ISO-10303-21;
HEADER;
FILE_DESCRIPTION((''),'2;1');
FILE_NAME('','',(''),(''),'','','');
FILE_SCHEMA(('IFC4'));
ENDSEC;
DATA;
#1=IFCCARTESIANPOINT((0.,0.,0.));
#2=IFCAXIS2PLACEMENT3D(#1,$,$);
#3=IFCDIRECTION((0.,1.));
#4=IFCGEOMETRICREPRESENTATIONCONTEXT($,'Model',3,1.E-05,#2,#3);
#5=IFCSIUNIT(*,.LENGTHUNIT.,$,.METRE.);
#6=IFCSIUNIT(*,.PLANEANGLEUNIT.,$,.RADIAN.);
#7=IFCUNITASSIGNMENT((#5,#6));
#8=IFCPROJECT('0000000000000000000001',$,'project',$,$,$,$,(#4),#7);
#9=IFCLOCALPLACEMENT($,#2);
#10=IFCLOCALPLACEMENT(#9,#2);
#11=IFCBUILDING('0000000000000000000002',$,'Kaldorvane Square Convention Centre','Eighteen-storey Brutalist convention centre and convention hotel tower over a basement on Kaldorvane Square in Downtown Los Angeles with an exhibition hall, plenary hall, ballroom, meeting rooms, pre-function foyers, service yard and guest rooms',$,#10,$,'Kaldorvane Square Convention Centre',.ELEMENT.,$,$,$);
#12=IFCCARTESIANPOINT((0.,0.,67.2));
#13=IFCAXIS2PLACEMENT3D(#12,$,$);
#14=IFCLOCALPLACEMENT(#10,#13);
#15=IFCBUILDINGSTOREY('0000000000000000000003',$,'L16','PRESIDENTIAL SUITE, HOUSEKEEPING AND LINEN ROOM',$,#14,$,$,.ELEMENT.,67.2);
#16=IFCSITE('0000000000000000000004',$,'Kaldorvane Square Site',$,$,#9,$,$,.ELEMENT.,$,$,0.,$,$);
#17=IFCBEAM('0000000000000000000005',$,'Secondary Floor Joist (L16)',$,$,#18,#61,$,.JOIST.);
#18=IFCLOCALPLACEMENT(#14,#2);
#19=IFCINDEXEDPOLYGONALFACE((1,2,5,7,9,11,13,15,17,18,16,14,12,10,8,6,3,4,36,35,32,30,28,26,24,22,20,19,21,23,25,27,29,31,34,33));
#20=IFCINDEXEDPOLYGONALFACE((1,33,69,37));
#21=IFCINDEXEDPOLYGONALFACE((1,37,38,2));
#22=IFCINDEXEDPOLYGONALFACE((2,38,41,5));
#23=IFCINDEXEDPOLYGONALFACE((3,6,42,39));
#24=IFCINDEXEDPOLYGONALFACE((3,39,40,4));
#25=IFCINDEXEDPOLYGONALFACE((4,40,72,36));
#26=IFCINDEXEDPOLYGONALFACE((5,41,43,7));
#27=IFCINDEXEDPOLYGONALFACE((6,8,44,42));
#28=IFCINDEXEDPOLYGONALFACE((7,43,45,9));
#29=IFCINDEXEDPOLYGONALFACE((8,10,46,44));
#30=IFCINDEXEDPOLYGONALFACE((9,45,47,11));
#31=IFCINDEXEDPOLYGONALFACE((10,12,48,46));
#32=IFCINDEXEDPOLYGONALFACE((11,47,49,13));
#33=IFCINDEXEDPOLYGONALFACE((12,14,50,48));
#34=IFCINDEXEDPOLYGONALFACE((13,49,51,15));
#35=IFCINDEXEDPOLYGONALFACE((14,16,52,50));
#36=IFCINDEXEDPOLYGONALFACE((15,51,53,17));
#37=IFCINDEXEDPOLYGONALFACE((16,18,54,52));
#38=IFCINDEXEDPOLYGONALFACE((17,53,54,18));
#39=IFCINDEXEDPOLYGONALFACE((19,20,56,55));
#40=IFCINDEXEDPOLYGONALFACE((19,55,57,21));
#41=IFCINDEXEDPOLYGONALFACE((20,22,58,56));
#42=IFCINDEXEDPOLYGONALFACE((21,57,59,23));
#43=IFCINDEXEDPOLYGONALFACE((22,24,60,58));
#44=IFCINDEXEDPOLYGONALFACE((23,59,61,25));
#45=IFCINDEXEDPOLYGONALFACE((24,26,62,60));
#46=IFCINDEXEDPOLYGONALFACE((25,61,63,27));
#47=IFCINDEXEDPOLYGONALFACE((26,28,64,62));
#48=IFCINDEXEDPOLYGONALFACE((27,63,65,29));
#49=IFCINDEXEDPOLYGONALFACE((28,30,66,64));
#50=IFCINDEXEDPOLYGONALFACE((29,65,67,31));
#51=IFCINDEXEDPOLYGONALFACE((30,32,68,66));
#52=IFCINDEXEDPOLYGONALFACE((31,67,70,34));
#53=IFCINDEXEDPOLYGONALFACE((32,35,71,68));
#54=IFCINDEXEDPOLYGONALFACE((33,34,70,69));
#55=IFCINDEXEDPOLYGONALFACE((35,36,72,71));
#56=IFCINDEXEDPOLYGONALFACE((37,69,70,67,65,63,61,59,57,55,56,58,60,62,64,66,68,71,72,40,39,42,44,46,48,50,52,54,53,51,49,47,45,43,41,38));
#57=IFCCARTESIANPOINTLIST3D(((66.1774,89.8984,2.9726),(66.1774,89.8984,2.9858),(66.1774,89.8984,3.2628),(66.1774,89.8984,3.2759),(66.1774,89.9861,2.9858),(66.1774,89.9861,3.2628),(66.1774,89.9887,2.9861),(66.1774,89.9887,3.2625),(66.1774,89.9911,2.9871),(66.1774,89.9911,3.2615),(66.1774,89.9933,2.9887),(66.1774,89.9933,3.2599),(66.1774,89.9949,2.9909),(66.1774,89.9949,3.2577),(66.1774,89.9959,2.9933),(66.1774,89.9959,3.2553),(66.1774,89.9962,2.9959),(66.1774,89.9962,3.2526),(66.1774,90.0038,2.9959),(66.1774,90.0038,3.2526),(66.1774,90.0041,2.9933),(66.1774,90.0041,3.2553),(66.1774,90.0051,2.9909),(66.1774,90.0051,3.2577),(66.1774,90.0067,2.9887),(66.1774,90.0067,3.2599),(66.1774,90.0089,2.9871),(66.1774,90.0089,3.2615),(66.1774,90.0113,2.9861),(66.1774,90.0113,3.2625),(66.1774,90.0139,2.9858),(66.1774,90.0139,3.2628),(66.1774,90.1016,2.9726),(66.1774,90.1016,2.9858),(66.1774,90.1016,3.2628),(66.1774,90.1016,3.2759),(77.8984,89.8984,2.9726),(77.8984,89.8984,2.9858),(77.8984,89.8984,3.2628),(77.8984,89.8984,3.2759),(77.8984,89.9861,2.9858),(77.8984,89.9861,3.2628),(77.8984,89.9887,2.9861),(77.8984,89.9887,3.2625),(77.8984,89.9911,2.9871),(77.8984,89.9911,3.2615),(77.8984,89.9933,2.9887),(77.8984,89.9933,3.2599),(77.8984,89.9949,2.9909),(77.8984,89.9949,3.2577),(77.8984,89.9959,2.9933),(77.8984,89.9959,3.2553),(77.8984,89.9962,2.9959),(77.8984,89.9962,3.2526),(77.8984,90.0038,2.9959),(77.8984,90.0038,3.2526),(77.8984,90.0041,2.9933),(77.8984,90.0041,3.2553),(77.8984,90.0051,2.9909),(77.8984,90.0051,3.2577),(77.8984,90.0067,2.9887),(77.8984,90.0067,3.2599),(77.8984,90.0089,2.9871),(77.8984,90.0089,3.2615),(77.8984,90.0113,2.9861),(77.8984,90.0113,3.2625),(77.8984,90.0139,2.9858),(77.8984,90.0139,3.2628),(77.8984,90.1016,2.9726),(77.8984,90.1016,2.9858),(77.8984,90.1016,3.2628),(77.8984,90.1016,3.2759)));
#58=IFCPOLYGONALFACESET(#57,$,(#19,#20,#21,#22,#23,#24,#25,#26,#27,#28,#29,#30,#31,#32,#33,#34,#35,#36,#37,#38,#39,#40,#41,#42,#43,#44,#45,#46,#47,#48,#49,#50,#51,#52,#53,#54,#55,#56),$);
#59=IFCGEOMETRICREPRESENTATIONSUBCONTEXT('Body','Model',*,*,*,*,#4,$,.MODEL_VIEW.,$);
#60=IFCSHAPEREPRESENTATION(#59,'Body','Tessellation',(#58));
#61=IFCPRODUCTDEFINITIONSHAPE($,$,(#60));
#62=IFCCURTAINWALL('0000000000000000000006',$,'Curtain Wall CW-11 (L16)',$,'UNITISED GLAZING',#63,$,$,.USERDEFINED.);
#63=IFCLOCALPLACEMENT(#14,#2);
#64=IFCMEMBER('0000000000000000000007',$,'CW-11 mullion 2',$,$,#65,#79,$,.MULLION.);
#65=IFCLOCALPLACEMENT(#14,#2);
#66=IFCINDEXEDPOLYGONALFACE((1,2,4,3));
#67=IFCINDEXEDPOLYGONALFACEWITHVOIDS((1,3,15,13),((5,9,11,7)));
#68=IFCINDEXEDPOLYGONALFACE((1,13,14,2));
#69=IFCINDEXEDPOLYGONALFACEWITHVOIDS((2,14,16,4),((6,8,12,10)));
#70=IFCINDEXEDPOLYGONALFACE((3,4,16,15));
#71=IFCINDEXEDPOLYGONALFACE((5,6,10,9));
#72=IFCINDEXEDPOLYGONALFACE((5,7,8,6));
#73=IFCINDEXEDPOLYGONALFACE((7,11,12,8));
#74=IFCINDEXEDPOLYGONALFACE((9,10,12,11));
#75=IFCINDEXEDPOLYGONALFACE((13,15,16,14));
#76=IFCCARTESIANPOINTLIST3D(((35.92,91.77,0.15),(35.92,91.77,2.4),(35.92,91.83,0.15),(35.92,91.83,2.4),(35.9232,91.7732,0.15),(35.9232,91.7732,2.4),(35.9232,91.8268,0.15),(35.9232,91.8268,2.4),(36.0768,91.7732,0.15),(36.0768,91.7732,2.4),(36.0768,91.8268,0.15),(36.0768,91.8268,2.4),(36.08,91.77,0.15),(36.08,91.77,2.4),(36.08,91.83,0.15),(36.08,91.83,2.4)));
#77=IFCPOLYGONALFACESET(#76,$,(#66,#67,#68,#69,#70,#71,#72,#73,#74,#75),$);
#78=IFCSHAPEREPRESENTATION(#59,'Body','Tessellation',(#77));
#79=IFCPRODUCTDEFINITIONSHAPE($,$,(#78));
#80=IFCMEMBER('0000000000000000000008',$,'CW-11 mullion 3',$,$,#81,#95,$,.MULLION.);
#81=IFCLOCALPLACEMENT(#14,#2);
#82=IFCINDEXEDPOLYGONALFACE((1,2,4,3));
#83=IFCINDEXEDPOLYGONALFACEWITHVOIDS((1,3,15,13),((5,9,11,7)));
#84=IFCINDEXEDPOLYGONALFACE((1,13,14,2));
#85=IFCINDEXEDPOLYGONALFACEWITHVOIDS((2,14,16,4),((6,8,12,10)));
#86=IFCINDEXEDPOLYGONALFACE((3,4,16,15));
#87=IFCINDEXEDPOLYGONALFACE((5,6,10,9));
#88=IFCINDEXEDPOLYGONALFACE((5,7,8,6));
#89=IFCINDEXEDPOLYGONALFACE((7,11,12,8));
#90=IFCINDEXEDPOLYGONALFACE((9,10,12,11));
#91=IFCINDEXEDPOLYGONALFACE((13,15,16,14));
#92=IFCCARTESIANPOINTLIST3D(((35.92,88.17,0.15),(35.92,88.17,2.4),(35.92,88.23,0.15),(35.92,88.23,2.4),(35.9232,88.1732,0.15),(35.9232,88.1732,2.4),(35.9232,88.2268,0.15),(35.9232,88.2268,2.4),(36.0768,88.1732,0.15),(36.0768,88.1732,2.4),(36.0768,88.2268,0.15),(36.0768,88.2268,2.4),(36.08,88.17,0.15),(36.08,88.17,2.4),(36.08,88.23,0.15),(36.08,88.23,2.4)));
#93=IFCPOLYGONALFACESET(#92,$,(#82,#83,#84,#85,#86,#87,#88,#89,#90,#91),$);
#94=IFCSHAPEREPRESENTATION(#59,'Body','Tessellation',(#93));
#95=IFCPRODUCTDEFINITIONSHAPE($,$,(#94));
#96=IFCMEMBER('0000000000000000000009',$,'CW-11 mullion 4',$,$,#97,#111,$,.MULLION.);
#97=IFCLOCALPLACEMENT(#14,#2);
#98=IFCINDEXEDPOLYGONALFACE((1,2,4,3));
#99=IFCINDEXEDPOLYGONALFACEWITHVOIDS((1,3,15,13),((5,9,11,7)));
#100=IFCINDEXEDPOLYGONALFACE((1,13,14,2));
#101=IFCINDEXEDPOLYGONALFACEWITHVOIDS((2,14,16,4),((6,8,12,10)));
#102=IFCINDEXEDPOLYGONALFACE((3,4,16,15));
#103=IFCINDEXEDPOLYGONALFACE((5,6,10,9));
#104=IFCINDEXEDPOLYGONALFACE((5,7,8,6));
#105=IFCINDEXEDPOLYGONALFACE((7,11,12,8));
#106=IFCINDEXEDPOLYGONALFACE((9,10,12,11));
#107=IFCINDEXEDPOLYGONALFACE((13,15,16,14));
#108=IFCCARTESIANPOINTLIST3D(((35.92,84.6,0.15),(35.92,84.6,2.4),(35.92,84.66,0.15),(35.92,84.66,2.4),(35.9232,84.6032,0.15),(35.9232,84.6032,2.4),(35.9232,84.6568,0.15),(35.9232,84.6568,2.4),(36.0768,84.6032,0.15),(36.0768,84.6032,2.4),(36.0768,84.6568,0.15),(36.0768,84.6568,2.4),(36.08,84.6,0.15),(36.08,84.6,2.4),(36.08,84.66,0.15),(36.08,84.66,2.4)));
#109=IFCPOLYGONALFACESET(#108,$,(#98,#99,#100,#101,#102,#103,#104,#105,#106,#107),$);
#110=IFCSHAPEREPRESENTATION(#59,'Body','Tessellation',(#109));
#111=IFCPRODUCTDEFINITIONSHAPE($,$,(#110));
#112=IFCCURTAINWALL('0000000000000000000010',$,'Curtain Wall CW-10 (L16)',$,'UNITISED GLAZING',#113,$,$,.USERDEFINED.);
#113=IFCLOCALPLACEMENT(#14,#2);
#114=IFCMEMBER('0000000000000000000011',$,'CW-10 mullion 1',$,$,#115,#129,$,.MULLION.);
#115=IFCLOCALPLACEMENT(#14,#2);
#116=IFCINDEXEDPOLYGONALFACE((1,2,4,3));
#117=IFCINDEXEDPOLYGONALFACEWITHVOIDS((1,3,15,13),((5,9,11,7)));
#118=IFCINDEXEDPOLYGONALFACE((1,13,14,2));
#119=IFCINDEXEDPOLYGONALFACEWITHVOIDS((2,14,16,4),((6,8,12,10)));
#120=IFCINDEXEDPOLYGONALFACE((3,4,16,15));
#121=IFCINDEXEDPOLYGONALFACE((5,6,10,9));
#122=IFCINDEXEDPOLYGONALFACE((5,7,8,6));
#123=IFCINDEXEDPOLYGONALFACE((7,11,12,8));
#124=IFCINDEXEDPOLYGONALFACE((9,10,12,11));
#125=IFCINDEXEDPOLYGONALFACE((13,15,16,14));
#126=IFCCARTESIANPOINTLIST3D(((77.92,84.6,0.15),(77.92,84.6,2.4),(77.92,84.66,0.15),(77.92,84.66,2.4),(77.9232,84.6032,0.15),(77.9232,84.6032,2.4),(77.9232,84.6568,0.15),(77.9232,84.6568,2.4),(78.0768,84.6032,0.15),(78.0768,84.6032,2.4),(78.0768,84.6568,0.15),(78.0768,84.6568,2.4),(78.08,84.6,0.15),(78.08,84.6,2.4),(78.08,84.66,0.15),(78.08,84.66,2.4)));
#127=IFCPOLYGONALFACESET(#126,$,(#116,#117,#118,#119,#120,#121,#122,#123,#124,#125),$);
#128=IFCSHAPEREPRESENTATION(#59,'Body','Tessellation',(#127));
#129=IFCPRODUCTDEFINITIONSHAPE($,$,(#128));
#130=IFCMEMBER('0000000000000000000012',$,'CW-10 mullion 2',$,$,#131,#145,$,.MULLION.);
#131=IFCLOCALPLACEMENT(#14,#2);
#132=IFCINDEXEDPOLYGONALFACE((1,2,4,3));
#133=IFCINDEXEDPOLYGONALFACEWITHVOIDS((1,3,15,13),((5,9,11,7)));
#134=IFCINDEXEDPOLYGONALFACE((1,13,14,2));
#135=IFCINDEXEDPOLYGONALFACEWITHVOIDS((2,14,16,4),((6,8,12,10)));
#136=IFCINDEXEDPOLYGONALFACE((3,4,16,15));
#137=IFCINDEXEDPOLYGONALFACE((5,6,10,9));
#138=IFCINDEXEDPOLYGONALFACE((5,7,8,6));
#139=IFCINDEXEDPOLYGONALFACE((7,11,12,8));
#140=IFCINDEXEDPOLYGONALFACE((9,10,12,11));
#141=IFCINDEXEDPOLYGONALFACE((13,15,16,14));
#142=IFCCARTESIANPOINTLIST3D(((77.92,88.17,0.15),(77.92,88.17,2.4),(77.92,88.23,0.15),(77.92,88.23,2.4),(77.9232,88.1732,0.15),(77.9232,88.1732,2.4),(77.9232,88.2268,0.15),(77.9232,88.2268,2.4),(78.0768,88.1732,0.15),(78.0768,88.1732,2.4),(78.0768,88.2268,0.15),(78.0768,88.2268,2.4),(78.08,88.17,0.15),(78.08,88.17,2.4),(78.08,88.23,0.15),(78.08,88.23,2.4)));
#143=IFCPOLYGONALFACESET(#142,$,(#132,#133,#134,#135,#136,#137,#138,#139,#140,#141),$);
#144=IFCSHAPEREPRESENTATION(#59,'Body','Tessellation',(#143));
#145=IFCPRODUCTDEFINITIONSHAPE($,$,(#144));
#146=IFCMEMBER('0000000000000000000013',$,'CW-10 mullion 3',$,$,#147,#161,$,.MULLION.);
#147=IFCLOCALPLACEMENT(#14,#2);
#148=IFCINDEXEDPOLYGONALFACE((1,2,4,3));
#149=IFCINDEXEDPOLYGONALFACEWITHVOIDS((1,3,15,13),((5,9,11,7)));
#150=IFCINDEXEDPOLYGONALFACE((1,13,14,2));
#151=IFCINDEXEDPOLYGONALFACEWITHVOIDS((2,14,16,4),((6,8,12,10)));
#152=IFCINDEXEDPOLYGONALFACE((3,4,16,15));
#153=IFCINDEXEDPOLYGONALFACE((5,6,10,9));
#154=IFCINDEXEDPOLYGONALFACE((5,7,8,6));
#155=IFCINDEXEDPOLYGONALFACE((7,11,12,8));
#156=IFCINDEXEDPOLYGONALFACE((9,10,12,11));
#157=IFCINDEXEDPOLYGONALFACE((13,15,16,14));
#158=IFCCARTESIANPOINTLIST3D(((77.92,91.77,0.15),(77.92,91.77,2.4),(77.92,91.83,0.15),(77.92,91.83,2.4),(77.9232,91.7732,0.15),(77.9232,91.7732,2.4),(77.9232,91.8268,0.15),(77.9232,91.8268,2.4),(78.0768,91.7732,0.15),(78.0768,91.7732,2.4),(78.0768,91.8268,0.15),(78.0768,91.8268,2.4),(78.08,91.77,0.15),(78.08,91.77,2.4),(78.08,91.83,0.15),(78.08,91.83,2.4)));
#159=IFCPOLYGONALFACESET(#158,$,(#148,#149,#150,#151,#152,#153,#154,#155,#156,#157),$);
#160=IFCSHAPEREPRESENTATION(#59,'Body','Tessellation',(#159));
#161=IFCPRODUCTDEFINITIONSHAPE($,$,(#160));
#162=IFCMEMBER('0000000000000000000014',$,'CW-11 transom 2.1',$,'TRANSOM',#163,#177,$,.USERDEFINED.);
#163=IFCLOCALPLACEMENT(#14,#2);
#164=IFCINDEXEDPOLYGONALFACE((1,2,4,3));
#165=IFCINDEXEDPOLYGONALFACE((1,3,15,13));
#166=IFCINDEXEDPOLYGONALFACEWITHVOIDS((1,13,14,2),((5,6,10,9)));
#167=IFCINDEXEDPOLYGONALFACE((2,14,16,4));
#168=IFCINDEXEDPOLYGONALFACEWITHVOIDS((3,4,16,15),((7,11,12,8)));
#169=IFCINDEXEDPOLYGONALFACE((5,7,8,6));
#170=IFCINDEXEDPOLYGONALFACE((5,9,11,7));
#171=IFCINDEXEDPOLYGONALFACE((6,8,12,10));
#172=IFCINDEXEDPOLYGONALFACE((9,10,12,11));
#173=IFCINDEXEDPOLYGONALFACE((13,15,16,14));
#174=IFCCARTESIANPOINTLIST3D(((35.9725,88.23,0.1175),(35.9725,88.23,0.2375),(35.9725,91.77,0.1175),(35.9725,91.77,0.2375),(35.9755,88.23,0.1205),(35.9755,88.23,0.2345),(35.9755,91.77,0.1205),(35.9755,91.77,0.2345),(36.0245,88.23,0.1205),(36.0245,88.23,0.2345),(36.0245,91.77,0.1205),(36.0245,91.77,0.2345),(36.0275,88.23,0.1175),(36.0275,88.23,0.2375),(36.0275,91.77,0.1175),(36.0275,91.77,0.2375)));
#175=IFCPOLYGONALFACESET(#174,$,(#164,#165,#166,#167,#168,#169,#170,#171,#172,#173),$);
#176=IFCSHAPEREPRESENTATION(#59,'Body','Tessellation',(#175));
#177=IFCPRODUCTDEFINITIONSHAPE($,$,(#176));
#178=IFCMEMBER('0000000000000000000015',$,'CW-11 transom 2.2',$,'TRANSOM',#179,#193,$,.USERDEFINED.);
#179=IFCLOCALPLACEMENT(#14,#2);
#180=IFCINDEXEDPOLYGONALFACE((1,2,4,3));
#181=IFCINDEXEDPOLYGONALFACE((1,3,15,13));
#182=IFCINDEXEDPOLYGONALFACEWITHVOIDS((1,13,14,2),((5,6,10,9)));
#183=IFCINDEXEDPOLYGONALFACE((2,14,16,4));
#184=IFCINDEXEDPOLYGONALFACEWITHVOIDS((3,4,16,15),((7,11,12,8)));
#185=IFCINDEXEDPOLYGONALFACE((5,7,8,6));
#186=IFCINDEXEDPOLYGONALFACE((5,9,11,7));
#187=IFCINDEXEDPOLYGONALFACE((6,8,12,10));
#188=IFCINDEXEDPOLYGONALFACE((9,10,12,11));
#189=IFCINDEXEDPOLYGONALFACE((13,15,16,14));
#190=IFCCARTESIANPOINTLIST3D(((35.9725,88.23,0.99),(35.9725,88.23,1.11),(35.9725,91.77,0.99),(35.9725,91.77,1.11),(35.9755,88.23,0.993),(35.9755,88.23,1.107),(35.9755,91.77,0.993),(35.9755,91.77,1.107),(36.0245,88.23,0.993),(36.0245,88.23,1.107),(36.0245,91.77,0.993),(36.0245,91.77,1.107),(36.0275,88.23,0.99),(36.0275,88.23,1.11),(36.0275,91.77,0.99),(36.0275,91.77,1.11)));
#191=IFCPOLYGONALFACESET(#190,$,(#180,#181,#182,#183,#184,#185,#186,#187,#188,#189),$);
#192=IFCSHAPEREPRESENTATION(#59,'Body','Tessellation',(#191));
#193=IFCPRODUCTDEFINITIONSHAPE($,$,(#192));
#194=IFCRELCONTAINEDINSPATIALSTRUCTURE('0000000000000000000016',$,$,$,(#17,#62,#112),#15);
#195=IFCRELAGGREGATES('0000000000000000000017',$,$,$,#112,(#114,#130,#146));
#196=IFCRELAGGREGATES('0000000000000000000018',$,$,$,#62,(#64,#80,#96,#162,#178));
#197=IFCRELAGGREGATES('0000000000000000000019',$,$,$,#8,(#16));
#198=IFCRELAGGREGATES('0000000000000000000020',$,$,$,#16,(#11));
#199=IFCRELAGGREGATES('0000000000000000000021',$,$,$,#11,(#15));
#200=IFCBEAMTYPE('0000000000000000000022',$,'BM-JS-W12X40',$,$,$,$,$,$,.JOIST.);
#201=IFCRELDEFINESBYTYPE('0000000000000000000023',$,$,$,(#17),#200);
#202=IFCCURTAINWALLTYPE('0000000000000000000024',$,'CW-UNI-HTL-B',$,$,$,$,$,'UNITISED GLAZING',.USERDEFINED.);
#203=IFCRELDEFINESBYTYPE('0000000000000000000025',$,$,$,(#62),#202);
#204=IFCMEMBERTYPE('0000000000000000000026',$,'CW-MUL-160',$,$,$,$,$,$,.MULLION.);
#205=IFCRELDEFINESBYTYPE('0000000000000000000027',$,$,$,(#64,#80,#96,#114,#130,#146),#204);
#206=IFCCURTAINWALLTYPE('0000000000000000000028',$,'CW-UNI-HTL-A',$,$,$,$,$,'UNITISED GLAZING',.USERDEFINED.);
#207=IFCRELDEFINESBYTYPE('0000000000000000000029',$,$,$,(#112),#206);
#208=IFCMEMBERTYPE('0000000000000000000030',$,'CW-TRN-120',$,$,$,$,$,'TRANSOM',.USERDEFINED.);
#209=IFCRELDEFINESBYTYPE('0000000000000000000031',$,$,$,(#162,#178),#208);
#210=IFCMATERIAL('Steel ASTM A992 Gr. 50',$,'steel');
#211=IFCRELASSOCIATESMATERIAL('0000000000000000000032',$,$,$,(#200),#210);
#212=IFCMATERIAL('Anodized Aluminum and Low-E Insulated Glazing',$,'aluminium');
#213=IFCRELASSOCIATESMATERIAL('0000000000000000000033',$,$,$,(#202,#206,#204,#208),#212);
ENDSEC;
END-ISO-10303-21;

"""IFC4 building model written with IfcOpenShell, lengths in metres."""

from ifc_helpers import new_model, si_unit, direction, frame, origin, origin_2d, place, context, subcontext, project, spatial, hollow_rectangle, i_section, extrude, material, material_profile, profile_set, type_object, element, aggregate, save


model = new_model("IFC4")

# Units and contexts
model_context = context("Model", 3, precision=1e-05, world=origin(), true_north=direction((0.0, 1.0)))
body_context = subcontext(model_context, "Body", "Model", "MODEL_VIEW")
ifc_project = project(units=[si_unit("LENGTHUNIT", "METRE"), si_unit("PLANEANGLEUNIT", "RADIAN")], contexts=[model_context])

# Site, building, storey
site_placement = place(None, origin())
site = spatial("IfcSite", under=ifc_project, at=site_placement, Name="Kaldorvane Square Site", CompositionType="ELEMENT", RefElevation=0.0)
building_placement = place(site_placement, origin())
building = spatial("IfcBuilding", under=site, at=building_placement, Name="Kaldorvane Square Convention Centre", Description="Eighteen-storey Brutalist convention centre and convention hotel tower over a basement on Kaldorvane Square in Downtown Los Angeles with an exhibition hall, plenary hall, ballroom, meeting rooms, pre-function foyers, service yard and guest rooms", LongName="Kaldorvane Square Convention Centre", CompositionType="ELEMENT")
storey_placement = place(building_placement, frame((0.0, 0.0, 67.2)))
storey = spatial("IfcBuildingStorey", under=building, at=storey_placement, Name="L16", Description="PRESIDENTIAL SUITE, HOUSEKEEPING AND LINEN ROOM", CompositionType="ELEMENT", Elevation=67.2)

# Beam
ifc_material_1 = material(Name="Steel ASTM A992 Gr. 50", Category="steel")
ifc_material_profile_1 = material_profile(ifc_material_1, i_section(OverallWidth=0.2033, OverallDepth=0.3033, WebThickness=0.0075, FlangeThickness=0.0131, FilletRadius=0.0102, at=origin_2d()), Name="W12X40")
ifc_profile_set_1 = profile_set([ifc_material_profile_1], Name="Steel ASTM A992 Gr. 50")
beam_type = type_object("IfcBeamType", Name="BM-JS-W12X40", PredefinedType="JOIST", material=ifc_profile_set_1)
beam_placement = place(storey_placement, frame((66.1774, 90.0, 3.1243), z_axis=(1.0, 0.0, 0.0), x_axis=(0.0, 1.0, 0.0)))
element("IfcBeam", 1, at=beam_placement, inside=storey, type_object=beam_type, Name="Secondary Floor Joist (L16)", PredefinedType="JOIST", context=body_context, shape_type="SweptSolid", body=[
    extrude(i_section(OverallWidth=0.2033, OverallDepth=0.3033, WebThickness=0.0075, FlangeThickness=0.0131, FilletRadius=0.0102, at=origin_2d()), origin(), (0.0, 0.0, 1.0), 11.721),
])

# Curtain walls, members
ifc_material_2 = material(Name="Anodized Aluminum and Low-E Insulated Glazing", Category="aluminium")
curtain_wall_type_1 = type_object("IfcCurtainWallType", Name="CW-UNI-HTL-B", ElementType="UNITISED GLAZING", PredefinedType="USERDEFINED", material=ifc_material_2)
curtain_wall_1_placement = place(storey_placement, origin())
curtain_wall_1 = element("IfcCurtainWall", 2, at=curtain_wall_1_placement, inside=storey, type_object=curtain_wall_type_1, Name="Curtain Wall CW-11 (L16)", ObjectType="UNITISED GLAZING", PredefinedType="USERDEFINED")
ifc_material_profile_2 = material_profile(ifc_material_2, hollow_rectangle(XDim=0.06, YDim=0.16, WallThickness=0.0032, at=origin_2d()), Name="CWM-160X60")
ifc_profile_set_2 = profile_set([ifc_material_profile_2], Name="Anodized Aluminum and Low-E Insulated Glazing")
member_type_1 = type_object("IfcMemberType", Name="CW-MUL-160", PredefinedType="MULLION", material=ifc_profile_set_2)
member_1_placement = place(storey_placement, frame((36.0, 91.8, 0.15), z_axis=(0.0, 0.0, 1.0), x_axis=(0.0, -1.0, 0.0)))
member_1 = element("IfcMember", 3, at=member_1_placement, type_object=member_type_1, Name="CW-11 mullion 2", PredefinedType="MULLION", context=body_context, shape_type="SweptSolid", body=[
    extrude(hollow_rectangle(XDim=0.06, YDim=0.16, WallThickness=0.0032, at=origin_2d()), origin(), (0.0, 0.0, 1.0), 2.25),
])
member_2_placement = place(storey_placement, frame((36.0, 88.2, 0.15), z_axis=(0.0, 0.0, 1.0), x_axis=(0.0, -1.0, 0.0)))
member_2 = element("IfcMember", 4, at=member_2_placement, type_object=member_type_1, Name="CW-11 mullion 3", PredefinedType="MULLION", context=body_context, shape_type="SweptSolid", body=[
    extrude(hollow_rectangle(XDim=0.06, YDim=0.16, WallThickness=0.0032, at=origin_2d()), origin(), (0.0, 0.0, 1.0), 2.25),
])
member_3_placement = place(storey_placement, frame((36.0, 84.63, 0.15), z_axis=(0.0, 0.0, 1.0), x_axis=(0.0, -1.0, 0.0)))
member_3 = element("IfcMember", 5, at=member_3_placement, type_object=member_type_1, Name="CW-11 mullion 4", PredefinedType="MULLION", context=body_context, shape_type="SweptSolid", body=[
    extrude(hollow_rectangle(XDim=0.06, YDim=0.16, WallThickness=0.0032, at=origin_2d()), origin(), (0.0, 0.0, 1.0), 2.25),
])
curtain_wall_type_2 = type_object("IfcCurtainWallType", Name="CW-UNI-HTL-A", ElementType="UNITISED GLAZING", PredefinedType="USERDEFINED", material=ifc_material_2)
curtain_wall_2_placement = place(storey_placement, origin())
curtain_wall_2 = element("IfcCurtainWall", 6, at=curtain_wall_2_placement, inside=storey, type_object=curtain_wall_type_2, Name="Curtain Wall CW-10 (L16)", ObjectType="UNITISED GLAZING", PredefinedType="USERDEFINED")
member_4_placement = place(storey_placement, frame((78.0, 84.63, 0.15), z_axis=(0.0, 0.0, 1.0), x_axis=(0.0, 1.0, 0.0)))
member_4 = element("IfcMember", 7, at=member_4_placement, type_object=member_type_1, Name="CW-10 mullion 1", PredefinedType="MULLION", context=body_context, shape_type="SweptSolid", body=[
    extrude(hollow_rectangle(XDim=0.06, YDim=0.16, WallThickness=0.0032, at=origin_2d()), origin(), (0.0, 0.0, 1.0), 2.25),
])
member_5_placement = place(storey_placement, frame((78.0, 88.2, 0.15), z_axis=(0.0, 0.0, 1.0), x_axis=(0.0, 1.0, 0.0)))
member_5 = element("IfcMember", 8, at=member_5_placement, type_object=member_type_1, Name="CW-10 mullion 2", PredefinedType="MULLION", context=body_context, shape_type="SweptSolid", body=[
    extrude(hollow_rectangle(XDim=0.06, YDim=0.16, WallThickness=0.0032, at=origin_2d()), origin(), (0.0, 0.0, 1.0), 2.25),
])
member_6_placement = place(storey_placement, frame((78.0, 91.8, 0.15), z_axis=(0.0, 0.0, 1.0), x_axis=(0.0, 1.0, 0.0)))
member_6 = element("IfcMember", 9, at=member_6_placement, type_object=member_type_1, Name="CW-10 mullion 3", PredefinedType="MULLION", context=body_context, shape_type="SweptSolid", body=[
    extrude(hollow_rectangle(XDim=0.06, YDim=0.16, WallThickness=0.0032, at=origin_2d()), origin(), (0.0, 0.0, 1.0), 2.25),
])

# Members
ifc_material_profile_3 = material_profile(ifc_material_2, hollow_rectangle(XDim=0.055, YDim=0.12, WallThickness=0.003, at=origin_2d()), Name="CWT-120X55")
ifc_profile_set_3 = profile_set([ifc_material_profile_3], Name="Anodized Aluminum and Low-E Insulated Glazing")
member_type_2 = type_object("IfcMemberType", Name="CW-TRN-120", ElementType="TRANSOM", PredefinedType="USERDEFINED", material=ifc_profile_set_3)
member_7_placement = place(storey_placement, frame((36.0, 91.77, 0.1775), z_axis=(0.0, -1.0, 0.0), x_axis=(1.0, 0.0, 0.0)))
member_7 = element("IfcMember", 10, at=member_7_placement, type_object=member_type_2, Name="CW-11 transom 2.1", ObjectType="TRANSOM", PredefinedType="USERDEFINED", context=body_context, shape_type="SweptSolid", body=[
    extrude(hollow_rectangle(XDim=0.055, YDim=0.12, WallThickness=0.003, at=origin_2d()), origin(), (0.0, 0.0, 1.0), 3.54),
])
member_8_placement = place(storey_placement, frame((36.0, 91.77, 1.05), z_axis=(0.0, -1.0, 0.0), x_axis=(1.0, 0.0, 0.0)))
member_8 = element("IfcMember", 11, at=member_8_placement, type_object=member_type_2, Name="CW-11 transom 2.2", ObjectType="TRANSOM", PredefinedType="USERDEFINED", context=body_context, shape_type="SweptSolid", body=[
    extrude(hollow_rectangle(XDim=0.055, YDim=0.12, WallThickness=0.003, at=origin_2d()), origin(), (0.0, 0.0, 1.0), 3.54),
])

aggregate(curtain_wall_2, [member_4, member_5, member_6])
aggregate(curtain_wall_1, [member_1, member_2, member_3, member_7, member_8])

save(model, "model.ifc")
